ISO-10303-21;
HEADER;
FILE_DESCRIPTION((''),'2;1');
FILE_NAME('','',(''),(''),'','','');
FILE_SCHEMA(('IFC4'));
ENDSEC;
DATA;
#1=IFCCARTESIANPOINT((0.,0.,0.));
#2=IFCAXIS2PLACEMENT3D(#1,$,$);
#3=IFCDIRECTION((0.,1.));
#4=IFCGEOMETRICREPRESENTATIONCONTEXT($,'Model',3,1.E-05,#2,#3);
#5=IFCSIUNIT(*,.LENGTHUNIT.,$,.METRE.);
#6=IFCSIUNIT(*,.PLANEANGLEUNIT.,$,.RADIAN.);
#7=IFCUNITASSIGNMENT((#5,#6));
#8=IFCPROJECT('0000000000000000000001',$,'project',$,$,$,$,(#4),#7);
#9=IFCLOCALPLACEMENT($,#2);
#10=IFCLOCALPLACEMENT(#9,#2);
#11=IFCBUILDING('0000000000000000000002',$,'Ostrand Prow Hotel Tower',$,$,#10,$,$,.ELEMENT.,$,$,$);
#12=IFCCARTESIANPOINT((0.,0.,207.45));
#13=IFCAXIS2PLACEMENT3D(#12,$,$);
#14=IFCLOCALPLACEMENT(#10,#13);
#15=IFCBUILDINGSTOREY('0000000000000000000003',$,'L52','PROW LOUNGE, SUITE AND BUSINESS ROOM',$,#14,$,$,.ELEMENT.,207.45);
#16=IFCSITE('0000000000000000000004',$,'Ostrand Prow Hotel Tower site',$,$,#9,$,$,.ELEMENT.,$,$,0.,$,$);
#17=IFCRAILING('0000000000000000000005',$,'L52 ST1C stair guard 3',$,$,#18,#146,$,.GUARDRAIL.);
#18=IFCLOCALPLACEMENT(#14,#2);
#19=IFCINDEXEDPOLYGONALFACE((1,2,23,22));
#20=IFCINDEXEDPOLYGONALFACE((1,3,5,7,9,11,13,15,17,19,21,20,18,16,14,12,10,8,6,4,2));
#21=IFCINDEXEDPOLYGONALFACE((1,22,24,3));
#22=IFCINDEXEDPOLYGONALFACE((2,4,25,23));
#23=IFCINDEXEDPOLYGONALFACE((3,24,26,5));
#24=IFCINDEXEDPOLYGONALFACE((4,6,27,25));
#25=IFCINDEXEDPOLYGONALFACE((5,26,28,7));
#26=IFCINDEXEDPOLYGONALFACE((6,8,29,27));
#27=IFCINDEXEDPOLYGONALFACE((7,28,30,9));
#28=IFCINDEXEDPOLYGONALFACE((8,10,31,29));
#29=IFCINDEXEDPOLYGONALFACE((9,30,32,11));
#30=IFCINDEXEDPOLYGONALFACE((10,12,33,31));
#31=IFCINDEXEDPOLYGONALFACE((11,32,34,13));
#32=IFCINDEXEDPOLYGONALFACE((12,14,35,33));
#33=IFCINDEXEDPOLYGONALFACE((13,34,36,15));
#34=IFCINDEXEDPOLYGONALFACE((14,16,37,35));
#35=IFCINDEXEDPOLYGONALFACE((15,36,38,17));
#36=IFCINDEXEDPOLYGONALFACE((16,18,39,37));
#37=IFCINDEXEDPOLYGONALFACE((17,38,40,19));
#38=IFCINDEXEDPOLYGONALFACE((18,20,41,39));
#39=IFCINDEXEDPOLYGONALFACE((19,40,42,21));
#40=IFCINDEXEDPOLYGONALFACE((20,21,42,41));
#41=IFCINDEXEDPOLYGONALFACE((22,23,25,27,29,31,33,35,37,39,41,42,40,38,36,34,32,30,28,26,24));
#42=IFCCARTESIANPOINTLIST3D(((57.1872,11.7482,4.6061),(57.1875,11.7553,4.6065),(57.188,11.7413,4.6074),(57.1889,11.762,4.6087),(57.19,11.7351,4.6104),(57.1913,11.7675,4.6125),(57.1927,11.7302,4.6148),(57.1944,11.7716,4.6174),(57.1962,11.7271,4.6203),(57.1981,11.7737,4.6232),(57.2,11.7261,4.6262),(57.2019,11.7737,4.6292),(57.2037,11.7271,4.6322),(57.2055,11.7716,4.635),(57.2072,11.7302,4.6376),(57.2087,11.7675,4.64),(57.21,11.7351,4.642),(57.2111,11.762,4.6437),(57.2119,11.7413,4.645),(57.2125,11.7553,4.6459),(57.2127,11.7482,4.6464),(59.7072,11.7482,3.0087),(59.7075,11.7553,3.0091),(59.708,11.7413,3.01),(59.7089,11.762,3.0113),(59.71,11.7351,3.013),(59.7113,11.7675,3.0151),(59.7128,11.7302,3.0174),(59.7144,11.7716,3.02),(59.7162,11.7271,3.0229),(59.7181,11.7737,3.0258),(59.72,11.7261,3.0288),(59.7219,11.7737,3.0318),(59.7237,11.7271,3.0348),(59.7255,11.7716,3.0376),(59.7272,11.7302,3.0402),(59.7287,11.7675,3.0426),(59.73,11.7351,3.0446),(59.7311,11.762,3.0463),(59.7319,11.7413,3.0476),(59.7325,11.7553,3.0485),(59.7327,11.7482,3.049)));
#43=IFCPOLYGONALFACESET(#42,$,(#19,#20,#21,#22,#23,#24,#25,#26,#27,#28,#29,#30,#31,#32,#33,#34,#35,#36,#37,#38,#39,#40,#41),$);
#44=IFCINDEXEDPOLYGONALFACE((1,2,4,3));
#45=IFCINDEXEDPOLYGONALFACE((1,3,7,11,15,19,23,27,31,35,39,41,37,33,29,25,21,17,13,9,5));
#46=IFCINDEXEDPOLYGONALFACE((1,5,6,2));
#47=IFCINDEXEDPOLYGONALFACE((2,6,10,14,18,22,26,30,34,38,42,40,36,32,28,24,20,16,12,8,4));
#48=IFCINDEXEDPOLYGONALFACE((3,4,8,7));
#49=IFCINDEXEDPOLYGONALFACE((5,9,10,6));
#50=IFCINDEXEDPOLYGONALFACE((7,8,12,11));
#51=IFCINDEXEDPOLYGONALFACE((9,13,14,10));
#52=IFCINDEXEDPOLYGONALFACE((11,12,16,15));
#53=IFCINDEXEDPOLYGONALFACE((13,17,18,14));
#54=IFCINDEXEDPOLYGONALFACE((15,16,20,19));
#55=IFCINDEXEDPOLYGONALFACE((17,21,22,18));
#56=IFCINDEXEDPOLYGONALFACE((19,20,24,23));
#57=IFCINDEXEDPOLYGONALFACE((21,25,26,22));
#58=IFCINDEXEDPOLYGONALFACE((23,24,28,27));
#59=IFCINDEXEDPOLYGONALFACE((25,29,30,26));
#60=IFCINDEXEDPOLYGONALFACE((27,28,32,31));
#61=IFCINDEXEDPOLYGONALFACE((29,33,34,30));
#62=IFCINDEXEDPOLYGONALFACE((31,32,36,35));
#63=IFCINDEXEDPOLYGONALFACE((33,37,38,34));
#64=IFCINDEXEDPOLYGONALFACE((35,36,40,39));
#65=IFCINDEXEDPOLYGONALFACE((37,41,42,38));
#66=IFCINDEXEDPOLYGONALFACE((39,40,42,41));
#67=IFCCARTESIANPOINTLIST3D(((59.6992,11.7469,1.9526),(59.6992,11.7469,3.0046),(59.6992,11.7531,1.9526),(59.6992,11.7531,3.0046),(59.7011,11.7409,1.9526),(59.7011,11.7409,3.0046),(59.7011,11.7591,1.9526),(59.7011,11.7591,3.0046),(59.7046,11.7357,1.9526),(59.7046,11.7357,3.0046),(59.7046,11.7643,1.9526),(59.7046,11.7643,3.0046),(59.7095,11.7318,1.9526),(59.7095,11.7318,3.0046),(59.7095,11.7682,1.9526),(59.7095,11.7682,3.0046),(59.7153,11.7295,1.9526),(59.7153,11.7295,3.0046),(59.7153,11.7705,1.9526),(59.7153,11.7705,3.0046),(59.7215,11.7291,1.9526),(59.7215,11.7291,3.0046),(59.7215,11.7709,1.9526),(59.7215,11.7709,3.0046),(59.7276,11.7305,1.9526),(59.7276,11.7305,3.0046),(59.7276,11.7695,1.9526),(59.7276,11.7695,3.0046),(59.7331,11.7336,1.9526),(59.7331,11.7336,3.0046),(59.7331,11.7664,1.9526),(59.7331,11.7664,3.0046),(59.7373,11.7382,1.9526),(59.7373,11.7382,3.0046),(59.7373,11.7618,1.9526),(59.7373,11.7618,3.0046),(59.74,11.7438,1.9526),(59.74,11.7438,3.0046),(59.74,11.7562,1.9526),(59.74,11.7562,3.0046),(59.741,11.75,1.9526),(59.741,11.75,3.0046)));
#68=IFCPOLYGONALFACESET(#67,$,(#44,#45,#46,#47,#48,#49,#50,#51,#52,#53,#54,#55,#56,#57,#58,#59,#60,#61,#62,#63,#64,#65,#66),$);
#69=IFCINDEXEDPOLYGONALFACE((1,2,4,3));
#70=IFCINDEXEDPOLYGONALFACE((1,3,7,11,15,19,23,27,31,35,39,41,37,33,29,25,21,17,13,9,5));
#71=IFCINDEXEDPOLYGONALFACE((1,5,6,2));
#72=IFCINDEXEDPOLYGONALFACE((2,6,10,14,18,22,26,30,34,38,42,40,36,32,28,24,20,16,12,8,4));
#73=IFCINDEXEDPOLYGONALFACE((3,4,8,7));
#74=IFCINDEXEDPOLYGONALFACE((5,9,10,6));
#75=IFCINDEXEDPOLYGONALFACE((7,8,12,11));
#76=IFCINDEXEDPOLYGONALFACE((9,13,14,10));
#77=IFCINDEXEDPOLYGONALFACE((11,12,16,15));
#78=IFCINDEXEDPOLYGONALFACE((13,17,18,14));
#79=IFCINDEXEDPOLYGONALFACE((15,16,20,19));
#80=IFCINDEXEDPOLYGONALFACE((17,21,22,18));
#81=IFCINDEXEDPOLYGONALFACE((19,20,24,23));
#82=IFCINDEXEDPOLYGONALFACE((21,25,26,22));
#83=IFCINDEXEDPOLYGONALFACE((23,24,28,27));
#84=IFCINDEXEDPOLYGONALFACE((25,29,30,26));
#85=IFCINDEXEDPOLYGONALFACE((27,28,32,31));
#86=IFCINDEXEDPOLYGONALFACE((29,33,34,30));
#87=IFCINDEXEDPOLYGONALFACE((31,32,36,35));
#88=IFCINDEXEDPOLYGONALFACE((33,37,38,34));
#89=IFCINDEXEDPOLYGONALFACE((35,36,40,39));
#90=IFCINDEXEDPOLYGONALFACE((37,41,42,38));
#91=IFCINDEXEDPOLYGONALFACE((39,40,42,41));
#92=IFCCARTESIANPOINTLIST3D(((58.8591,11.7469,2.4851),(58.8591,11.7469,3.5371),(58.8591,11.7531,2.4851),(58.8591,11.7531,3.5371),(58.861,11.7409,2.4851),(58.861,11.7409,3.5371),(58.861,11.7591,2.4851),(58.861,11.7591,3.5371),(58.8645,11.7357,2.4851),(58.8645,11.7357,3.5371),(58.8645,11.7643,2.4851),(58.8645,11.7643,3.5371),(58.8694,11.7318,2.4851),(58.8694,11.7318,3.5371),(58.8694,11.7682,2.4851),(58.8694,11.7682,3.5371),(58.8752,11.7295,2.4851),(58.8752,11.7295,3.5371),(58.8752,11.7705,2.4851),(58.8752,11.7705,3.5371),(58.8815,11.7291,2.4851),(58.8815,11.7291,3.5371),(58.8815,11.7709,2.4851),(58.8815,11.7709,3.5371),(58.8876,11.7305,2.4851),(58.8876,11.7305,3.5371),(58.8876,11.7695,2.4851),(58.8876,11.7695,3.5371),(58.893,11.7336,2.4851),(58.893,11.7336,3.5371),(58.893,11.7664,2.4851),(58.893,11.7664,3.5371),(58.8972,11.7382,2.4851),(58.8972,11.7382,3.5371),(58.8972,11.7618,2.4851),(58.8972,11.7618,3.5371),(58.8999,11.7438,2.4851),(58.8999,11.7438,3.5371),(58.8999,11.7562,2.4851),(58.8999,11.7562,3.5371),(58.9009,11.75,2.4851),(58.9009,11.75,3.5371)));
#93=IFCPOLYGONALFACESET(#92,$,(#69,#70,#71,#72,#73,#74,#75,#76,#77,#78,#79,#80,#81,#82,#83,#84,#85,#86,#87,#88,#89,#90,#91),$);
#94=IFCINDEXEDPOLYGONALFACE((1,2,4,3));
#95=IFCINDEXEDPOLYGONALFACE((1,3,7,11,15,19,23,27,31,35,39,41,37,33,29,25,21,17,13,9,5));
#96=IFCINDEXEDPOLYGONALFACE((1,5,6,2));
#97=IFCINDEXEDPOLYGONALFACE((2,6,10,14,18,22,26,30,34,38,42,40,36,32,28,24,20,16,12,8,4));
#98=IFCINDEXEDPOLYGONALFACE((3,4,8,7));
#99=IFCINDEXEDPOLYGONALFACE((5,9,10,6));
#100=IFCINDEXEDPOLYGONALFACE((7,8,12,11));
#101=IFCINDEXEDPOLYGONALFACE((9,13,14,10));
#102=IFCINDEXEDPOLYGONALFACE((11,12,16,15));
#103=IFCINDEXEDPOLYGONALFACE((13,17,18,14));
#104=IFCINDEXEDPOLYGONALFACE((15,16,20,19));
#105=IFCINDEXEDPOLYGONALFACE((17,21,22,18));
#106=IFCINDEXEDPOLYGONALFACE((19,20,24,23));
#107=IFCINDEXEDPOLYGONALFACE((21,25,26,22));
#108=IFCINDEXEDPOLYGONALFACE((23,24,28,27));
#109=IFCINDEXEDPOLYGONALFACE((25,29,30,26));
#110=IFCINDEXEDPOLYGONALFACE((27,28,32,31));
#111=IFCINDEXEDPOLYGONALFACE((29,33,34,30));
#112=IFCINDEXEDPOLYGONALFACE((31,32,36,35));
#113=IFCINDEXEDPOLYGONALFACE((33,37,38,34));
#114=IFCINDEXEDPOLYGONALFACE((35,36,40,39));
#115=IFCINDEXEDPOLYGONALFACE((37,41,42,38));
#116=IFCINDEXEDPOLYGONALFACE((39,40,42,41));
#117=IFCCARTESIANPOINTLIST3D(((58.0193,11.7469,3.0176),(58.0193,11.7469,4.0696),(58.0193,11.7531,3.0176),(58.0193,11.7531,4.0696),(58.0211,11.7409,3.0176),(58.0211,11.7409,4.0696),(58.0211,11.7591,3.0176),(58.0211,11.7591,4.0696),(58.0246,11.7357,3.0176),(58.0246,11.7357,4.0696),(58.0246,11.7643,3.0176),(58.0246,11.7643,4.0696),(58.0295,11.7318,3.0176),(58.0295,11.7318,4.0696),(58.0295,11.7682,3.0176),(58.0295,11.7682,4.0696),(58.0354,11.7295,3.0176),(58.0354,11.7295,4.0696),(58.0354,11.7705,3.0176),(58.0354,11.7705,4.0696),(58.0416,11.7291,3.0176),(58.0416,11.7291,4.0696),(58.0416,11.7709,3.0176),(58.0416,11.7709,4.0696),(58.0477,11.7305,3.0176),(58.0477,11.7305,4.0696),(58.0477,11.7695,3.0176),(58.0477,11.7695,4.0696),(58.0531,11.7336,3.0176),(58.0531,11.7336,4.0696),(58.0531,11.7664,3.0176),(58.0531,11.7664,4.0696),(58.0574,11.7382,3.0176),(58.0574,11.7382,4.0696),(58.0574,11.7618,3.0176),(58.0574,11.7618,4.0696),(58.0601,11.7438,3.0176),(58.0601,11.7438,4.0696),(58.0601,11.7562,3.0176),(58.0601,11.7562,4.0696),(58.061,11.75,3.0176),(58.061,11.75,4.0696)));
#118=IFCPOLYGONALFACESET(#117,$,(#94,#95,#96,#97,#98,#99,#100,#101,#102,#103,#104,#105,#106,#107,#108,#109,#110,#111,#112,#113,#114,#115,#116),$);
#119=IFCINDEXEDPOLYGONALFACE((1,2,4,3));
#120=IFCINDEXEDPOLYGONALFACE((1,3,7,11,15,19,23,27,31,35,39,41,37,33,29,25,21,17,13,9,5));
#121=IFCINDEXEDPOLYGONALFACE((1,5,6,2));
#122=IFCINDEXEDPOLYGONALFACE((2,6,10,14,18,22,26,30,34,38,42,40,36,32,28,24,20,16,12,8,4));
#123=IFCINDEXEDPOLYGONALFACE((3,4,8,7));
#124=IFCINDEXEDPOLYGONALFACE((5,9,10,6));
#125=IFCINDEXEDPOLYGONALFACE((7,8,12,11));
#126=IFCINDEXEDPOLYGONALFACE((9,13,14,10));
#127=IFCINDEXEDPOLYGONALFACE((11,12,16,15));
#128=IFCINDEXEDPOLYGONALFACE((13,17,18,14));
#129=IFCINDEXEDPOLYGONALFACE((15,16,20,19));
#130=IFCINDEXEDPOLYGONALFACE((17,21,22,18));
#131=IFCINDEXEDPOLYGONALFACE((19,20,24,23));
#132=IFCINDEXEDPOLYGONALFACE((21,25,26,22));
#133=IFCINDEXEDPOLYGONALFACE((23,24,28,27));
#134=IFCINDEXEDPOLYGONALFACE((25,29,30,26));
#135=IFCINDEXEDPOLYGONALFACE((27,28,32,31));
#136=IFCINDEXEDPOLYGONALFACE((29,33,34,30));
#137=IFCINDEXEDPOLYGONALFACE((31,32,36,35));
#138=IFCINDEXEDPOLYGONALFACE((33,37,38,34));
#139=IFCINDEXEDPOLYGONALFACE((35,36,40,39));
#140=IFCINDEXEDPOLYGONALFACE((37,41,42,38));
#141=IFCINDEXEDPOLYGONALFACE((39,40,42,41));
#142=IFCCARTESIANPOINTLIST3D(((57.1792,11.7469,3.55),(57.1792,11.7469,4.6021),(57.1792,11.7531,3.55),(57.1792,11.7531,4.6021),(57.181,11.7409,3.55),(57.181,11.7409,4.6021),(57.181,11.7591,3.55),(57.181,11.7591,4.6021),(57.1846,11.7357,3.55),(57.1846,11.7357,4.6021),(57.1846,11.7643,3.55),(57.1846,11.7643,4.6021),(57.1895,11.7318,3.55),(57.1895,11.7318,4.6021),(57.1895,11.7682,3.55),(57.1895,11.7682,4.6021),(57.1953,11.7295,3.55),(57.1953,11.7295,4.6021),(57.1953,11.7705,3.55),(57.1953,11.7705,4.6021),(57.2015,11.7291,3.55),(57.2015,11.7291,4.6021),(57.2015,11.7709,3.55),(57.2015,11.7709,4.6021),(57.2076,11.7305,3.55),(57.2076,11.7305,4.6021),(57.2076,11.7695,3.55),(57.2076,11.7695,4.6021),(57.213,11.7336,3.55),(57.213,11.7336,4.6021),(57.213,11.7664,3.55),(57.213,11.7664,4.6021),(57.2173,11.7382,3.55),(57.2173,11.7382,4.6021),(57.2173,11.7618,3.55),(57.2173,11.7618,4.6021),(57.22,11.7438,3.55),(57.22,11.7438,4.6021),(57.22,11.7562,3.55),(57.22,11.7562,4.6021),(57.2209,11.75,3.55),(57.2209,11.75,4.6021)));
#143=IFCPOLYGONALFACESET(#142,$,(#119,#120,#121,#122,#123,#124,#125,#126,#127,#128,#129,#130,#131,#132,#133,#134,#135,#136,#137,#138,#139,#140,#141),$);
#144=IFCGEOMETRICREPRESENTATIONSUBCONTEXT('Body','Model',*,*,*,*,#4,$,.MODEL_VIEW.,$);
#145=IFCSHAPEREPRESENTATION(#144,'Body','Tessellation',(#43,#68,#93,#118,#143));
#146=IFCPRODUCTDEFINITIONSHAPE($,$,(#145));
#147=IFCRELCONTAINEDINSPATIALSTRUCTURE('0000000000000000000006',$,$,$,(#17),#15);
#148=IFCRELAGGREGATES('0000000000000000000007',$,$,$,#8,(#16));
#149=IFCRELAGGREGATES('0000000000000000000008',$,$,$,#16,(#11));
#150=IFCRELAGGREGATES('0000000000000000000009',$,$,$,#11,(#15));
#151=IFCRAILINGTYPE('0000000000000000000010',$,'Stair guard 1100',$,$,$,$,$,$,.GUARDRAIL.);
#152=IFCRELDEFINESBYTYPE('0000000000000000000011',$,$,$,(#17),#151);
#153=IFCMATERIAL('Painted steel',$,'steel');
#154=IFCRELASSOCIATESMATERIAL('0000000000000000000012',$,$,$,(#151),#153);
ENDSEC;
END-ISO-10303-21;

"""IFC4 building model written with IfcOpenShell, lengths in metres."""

from ifc_helpers import new_model, si_unit, direction, frame, origin, origin_2d, place, context, subcontext, project, spatial, circle, extrude, material, type_object, element, save


model = new_model("IFC4")

# Units and contexts
model_context = context("Model", 3, precision=1e-05, world=origin(), true_north=direction((0.0, 1.0)))
body_context = subcontext(model_context, "Body", "Model", "MODEL_VIEW")
ifc_project = project(units=[si_unit("LENGTHUNIT", "METRE"), si_unit("PLANEANGLEUNIT", "RADIAN")], contexts=[model_context])

# Site, building, storey
site_placement = place(None, origin())
site = spatial("IfcSite", under=ifc_project, at=site_placement, Name="Ostrand Prow Hotel Tower site", CompositionType="ELEMENT", RefElevation=0.0)
building_placement = place(site_placement, origin())
building = spatial("IfcBuilding", under=site, at=building_placement, Name="Ostrand Prow Hotel Tower", CompositionType="ELEMENT")
storey_placement = place(building_placement, frame((0.0, 0.0, 207.45)))
storey = spatial("IfcBuildingStorey", under=building, at=storey_placement, Name="L52", Description="PROW LOUNGE, SUITE AND BUSINESS ROOM", CompositionType="ELEMENT", Elevation=207.45)

# Railing
ifc_material_1 = material(Name="Painted steel", Category="steel")
railing_type_1 = type_object("IfcRailingType", Name="Stair guard 1100", PredefinedType="GUARDRAIL", material=ifc_material_1)
railing_1_placement = place(storey_placement, frame((59.72, 11.75, 1.9526)))
element("IfcRailing", 1, at=railing_1_placement, inside=storey, type_object=railing_type_1, Name="L52 ST1C stair guard 3", PredefinedType="GUARDRAIL", context=body_context, shape_type="SweptSolid", body=[
    extrude(circle(Radius=0.0239, at=origin_2d()), frame((0.0, 0.0, 1.0762), z_axis=(-0.844607, 0.0, 0.535387), x_axis=(0.0, -1.0, 0.0)), (0.0, 0.0, 1.0), 2.9836),
    extrude(circle(Radius=0.021, at=origin_2d()), origin(), (0.0, 0.0, 1.0), 1.052),
    extrude(circle(Radius=0.021, at=origin_2d()), frame((-0.8401, 0.0, 0.5325)), (0.0, 0.0, 1.0), 1.052),
    extrude(circle(Radius=0.021, at=origin_2d()), frame((-1.6799, 0.0, 1.0649)), (0.0, 0.0, 1.0), 1.052),
    extrude(circle(Radius=0.021, at=origin_2d()), frame((-2.52, 0.0, 1.5974)), (0.0, 0.0, 1.0), 1.052),
])

save(model, "model.ifc")
